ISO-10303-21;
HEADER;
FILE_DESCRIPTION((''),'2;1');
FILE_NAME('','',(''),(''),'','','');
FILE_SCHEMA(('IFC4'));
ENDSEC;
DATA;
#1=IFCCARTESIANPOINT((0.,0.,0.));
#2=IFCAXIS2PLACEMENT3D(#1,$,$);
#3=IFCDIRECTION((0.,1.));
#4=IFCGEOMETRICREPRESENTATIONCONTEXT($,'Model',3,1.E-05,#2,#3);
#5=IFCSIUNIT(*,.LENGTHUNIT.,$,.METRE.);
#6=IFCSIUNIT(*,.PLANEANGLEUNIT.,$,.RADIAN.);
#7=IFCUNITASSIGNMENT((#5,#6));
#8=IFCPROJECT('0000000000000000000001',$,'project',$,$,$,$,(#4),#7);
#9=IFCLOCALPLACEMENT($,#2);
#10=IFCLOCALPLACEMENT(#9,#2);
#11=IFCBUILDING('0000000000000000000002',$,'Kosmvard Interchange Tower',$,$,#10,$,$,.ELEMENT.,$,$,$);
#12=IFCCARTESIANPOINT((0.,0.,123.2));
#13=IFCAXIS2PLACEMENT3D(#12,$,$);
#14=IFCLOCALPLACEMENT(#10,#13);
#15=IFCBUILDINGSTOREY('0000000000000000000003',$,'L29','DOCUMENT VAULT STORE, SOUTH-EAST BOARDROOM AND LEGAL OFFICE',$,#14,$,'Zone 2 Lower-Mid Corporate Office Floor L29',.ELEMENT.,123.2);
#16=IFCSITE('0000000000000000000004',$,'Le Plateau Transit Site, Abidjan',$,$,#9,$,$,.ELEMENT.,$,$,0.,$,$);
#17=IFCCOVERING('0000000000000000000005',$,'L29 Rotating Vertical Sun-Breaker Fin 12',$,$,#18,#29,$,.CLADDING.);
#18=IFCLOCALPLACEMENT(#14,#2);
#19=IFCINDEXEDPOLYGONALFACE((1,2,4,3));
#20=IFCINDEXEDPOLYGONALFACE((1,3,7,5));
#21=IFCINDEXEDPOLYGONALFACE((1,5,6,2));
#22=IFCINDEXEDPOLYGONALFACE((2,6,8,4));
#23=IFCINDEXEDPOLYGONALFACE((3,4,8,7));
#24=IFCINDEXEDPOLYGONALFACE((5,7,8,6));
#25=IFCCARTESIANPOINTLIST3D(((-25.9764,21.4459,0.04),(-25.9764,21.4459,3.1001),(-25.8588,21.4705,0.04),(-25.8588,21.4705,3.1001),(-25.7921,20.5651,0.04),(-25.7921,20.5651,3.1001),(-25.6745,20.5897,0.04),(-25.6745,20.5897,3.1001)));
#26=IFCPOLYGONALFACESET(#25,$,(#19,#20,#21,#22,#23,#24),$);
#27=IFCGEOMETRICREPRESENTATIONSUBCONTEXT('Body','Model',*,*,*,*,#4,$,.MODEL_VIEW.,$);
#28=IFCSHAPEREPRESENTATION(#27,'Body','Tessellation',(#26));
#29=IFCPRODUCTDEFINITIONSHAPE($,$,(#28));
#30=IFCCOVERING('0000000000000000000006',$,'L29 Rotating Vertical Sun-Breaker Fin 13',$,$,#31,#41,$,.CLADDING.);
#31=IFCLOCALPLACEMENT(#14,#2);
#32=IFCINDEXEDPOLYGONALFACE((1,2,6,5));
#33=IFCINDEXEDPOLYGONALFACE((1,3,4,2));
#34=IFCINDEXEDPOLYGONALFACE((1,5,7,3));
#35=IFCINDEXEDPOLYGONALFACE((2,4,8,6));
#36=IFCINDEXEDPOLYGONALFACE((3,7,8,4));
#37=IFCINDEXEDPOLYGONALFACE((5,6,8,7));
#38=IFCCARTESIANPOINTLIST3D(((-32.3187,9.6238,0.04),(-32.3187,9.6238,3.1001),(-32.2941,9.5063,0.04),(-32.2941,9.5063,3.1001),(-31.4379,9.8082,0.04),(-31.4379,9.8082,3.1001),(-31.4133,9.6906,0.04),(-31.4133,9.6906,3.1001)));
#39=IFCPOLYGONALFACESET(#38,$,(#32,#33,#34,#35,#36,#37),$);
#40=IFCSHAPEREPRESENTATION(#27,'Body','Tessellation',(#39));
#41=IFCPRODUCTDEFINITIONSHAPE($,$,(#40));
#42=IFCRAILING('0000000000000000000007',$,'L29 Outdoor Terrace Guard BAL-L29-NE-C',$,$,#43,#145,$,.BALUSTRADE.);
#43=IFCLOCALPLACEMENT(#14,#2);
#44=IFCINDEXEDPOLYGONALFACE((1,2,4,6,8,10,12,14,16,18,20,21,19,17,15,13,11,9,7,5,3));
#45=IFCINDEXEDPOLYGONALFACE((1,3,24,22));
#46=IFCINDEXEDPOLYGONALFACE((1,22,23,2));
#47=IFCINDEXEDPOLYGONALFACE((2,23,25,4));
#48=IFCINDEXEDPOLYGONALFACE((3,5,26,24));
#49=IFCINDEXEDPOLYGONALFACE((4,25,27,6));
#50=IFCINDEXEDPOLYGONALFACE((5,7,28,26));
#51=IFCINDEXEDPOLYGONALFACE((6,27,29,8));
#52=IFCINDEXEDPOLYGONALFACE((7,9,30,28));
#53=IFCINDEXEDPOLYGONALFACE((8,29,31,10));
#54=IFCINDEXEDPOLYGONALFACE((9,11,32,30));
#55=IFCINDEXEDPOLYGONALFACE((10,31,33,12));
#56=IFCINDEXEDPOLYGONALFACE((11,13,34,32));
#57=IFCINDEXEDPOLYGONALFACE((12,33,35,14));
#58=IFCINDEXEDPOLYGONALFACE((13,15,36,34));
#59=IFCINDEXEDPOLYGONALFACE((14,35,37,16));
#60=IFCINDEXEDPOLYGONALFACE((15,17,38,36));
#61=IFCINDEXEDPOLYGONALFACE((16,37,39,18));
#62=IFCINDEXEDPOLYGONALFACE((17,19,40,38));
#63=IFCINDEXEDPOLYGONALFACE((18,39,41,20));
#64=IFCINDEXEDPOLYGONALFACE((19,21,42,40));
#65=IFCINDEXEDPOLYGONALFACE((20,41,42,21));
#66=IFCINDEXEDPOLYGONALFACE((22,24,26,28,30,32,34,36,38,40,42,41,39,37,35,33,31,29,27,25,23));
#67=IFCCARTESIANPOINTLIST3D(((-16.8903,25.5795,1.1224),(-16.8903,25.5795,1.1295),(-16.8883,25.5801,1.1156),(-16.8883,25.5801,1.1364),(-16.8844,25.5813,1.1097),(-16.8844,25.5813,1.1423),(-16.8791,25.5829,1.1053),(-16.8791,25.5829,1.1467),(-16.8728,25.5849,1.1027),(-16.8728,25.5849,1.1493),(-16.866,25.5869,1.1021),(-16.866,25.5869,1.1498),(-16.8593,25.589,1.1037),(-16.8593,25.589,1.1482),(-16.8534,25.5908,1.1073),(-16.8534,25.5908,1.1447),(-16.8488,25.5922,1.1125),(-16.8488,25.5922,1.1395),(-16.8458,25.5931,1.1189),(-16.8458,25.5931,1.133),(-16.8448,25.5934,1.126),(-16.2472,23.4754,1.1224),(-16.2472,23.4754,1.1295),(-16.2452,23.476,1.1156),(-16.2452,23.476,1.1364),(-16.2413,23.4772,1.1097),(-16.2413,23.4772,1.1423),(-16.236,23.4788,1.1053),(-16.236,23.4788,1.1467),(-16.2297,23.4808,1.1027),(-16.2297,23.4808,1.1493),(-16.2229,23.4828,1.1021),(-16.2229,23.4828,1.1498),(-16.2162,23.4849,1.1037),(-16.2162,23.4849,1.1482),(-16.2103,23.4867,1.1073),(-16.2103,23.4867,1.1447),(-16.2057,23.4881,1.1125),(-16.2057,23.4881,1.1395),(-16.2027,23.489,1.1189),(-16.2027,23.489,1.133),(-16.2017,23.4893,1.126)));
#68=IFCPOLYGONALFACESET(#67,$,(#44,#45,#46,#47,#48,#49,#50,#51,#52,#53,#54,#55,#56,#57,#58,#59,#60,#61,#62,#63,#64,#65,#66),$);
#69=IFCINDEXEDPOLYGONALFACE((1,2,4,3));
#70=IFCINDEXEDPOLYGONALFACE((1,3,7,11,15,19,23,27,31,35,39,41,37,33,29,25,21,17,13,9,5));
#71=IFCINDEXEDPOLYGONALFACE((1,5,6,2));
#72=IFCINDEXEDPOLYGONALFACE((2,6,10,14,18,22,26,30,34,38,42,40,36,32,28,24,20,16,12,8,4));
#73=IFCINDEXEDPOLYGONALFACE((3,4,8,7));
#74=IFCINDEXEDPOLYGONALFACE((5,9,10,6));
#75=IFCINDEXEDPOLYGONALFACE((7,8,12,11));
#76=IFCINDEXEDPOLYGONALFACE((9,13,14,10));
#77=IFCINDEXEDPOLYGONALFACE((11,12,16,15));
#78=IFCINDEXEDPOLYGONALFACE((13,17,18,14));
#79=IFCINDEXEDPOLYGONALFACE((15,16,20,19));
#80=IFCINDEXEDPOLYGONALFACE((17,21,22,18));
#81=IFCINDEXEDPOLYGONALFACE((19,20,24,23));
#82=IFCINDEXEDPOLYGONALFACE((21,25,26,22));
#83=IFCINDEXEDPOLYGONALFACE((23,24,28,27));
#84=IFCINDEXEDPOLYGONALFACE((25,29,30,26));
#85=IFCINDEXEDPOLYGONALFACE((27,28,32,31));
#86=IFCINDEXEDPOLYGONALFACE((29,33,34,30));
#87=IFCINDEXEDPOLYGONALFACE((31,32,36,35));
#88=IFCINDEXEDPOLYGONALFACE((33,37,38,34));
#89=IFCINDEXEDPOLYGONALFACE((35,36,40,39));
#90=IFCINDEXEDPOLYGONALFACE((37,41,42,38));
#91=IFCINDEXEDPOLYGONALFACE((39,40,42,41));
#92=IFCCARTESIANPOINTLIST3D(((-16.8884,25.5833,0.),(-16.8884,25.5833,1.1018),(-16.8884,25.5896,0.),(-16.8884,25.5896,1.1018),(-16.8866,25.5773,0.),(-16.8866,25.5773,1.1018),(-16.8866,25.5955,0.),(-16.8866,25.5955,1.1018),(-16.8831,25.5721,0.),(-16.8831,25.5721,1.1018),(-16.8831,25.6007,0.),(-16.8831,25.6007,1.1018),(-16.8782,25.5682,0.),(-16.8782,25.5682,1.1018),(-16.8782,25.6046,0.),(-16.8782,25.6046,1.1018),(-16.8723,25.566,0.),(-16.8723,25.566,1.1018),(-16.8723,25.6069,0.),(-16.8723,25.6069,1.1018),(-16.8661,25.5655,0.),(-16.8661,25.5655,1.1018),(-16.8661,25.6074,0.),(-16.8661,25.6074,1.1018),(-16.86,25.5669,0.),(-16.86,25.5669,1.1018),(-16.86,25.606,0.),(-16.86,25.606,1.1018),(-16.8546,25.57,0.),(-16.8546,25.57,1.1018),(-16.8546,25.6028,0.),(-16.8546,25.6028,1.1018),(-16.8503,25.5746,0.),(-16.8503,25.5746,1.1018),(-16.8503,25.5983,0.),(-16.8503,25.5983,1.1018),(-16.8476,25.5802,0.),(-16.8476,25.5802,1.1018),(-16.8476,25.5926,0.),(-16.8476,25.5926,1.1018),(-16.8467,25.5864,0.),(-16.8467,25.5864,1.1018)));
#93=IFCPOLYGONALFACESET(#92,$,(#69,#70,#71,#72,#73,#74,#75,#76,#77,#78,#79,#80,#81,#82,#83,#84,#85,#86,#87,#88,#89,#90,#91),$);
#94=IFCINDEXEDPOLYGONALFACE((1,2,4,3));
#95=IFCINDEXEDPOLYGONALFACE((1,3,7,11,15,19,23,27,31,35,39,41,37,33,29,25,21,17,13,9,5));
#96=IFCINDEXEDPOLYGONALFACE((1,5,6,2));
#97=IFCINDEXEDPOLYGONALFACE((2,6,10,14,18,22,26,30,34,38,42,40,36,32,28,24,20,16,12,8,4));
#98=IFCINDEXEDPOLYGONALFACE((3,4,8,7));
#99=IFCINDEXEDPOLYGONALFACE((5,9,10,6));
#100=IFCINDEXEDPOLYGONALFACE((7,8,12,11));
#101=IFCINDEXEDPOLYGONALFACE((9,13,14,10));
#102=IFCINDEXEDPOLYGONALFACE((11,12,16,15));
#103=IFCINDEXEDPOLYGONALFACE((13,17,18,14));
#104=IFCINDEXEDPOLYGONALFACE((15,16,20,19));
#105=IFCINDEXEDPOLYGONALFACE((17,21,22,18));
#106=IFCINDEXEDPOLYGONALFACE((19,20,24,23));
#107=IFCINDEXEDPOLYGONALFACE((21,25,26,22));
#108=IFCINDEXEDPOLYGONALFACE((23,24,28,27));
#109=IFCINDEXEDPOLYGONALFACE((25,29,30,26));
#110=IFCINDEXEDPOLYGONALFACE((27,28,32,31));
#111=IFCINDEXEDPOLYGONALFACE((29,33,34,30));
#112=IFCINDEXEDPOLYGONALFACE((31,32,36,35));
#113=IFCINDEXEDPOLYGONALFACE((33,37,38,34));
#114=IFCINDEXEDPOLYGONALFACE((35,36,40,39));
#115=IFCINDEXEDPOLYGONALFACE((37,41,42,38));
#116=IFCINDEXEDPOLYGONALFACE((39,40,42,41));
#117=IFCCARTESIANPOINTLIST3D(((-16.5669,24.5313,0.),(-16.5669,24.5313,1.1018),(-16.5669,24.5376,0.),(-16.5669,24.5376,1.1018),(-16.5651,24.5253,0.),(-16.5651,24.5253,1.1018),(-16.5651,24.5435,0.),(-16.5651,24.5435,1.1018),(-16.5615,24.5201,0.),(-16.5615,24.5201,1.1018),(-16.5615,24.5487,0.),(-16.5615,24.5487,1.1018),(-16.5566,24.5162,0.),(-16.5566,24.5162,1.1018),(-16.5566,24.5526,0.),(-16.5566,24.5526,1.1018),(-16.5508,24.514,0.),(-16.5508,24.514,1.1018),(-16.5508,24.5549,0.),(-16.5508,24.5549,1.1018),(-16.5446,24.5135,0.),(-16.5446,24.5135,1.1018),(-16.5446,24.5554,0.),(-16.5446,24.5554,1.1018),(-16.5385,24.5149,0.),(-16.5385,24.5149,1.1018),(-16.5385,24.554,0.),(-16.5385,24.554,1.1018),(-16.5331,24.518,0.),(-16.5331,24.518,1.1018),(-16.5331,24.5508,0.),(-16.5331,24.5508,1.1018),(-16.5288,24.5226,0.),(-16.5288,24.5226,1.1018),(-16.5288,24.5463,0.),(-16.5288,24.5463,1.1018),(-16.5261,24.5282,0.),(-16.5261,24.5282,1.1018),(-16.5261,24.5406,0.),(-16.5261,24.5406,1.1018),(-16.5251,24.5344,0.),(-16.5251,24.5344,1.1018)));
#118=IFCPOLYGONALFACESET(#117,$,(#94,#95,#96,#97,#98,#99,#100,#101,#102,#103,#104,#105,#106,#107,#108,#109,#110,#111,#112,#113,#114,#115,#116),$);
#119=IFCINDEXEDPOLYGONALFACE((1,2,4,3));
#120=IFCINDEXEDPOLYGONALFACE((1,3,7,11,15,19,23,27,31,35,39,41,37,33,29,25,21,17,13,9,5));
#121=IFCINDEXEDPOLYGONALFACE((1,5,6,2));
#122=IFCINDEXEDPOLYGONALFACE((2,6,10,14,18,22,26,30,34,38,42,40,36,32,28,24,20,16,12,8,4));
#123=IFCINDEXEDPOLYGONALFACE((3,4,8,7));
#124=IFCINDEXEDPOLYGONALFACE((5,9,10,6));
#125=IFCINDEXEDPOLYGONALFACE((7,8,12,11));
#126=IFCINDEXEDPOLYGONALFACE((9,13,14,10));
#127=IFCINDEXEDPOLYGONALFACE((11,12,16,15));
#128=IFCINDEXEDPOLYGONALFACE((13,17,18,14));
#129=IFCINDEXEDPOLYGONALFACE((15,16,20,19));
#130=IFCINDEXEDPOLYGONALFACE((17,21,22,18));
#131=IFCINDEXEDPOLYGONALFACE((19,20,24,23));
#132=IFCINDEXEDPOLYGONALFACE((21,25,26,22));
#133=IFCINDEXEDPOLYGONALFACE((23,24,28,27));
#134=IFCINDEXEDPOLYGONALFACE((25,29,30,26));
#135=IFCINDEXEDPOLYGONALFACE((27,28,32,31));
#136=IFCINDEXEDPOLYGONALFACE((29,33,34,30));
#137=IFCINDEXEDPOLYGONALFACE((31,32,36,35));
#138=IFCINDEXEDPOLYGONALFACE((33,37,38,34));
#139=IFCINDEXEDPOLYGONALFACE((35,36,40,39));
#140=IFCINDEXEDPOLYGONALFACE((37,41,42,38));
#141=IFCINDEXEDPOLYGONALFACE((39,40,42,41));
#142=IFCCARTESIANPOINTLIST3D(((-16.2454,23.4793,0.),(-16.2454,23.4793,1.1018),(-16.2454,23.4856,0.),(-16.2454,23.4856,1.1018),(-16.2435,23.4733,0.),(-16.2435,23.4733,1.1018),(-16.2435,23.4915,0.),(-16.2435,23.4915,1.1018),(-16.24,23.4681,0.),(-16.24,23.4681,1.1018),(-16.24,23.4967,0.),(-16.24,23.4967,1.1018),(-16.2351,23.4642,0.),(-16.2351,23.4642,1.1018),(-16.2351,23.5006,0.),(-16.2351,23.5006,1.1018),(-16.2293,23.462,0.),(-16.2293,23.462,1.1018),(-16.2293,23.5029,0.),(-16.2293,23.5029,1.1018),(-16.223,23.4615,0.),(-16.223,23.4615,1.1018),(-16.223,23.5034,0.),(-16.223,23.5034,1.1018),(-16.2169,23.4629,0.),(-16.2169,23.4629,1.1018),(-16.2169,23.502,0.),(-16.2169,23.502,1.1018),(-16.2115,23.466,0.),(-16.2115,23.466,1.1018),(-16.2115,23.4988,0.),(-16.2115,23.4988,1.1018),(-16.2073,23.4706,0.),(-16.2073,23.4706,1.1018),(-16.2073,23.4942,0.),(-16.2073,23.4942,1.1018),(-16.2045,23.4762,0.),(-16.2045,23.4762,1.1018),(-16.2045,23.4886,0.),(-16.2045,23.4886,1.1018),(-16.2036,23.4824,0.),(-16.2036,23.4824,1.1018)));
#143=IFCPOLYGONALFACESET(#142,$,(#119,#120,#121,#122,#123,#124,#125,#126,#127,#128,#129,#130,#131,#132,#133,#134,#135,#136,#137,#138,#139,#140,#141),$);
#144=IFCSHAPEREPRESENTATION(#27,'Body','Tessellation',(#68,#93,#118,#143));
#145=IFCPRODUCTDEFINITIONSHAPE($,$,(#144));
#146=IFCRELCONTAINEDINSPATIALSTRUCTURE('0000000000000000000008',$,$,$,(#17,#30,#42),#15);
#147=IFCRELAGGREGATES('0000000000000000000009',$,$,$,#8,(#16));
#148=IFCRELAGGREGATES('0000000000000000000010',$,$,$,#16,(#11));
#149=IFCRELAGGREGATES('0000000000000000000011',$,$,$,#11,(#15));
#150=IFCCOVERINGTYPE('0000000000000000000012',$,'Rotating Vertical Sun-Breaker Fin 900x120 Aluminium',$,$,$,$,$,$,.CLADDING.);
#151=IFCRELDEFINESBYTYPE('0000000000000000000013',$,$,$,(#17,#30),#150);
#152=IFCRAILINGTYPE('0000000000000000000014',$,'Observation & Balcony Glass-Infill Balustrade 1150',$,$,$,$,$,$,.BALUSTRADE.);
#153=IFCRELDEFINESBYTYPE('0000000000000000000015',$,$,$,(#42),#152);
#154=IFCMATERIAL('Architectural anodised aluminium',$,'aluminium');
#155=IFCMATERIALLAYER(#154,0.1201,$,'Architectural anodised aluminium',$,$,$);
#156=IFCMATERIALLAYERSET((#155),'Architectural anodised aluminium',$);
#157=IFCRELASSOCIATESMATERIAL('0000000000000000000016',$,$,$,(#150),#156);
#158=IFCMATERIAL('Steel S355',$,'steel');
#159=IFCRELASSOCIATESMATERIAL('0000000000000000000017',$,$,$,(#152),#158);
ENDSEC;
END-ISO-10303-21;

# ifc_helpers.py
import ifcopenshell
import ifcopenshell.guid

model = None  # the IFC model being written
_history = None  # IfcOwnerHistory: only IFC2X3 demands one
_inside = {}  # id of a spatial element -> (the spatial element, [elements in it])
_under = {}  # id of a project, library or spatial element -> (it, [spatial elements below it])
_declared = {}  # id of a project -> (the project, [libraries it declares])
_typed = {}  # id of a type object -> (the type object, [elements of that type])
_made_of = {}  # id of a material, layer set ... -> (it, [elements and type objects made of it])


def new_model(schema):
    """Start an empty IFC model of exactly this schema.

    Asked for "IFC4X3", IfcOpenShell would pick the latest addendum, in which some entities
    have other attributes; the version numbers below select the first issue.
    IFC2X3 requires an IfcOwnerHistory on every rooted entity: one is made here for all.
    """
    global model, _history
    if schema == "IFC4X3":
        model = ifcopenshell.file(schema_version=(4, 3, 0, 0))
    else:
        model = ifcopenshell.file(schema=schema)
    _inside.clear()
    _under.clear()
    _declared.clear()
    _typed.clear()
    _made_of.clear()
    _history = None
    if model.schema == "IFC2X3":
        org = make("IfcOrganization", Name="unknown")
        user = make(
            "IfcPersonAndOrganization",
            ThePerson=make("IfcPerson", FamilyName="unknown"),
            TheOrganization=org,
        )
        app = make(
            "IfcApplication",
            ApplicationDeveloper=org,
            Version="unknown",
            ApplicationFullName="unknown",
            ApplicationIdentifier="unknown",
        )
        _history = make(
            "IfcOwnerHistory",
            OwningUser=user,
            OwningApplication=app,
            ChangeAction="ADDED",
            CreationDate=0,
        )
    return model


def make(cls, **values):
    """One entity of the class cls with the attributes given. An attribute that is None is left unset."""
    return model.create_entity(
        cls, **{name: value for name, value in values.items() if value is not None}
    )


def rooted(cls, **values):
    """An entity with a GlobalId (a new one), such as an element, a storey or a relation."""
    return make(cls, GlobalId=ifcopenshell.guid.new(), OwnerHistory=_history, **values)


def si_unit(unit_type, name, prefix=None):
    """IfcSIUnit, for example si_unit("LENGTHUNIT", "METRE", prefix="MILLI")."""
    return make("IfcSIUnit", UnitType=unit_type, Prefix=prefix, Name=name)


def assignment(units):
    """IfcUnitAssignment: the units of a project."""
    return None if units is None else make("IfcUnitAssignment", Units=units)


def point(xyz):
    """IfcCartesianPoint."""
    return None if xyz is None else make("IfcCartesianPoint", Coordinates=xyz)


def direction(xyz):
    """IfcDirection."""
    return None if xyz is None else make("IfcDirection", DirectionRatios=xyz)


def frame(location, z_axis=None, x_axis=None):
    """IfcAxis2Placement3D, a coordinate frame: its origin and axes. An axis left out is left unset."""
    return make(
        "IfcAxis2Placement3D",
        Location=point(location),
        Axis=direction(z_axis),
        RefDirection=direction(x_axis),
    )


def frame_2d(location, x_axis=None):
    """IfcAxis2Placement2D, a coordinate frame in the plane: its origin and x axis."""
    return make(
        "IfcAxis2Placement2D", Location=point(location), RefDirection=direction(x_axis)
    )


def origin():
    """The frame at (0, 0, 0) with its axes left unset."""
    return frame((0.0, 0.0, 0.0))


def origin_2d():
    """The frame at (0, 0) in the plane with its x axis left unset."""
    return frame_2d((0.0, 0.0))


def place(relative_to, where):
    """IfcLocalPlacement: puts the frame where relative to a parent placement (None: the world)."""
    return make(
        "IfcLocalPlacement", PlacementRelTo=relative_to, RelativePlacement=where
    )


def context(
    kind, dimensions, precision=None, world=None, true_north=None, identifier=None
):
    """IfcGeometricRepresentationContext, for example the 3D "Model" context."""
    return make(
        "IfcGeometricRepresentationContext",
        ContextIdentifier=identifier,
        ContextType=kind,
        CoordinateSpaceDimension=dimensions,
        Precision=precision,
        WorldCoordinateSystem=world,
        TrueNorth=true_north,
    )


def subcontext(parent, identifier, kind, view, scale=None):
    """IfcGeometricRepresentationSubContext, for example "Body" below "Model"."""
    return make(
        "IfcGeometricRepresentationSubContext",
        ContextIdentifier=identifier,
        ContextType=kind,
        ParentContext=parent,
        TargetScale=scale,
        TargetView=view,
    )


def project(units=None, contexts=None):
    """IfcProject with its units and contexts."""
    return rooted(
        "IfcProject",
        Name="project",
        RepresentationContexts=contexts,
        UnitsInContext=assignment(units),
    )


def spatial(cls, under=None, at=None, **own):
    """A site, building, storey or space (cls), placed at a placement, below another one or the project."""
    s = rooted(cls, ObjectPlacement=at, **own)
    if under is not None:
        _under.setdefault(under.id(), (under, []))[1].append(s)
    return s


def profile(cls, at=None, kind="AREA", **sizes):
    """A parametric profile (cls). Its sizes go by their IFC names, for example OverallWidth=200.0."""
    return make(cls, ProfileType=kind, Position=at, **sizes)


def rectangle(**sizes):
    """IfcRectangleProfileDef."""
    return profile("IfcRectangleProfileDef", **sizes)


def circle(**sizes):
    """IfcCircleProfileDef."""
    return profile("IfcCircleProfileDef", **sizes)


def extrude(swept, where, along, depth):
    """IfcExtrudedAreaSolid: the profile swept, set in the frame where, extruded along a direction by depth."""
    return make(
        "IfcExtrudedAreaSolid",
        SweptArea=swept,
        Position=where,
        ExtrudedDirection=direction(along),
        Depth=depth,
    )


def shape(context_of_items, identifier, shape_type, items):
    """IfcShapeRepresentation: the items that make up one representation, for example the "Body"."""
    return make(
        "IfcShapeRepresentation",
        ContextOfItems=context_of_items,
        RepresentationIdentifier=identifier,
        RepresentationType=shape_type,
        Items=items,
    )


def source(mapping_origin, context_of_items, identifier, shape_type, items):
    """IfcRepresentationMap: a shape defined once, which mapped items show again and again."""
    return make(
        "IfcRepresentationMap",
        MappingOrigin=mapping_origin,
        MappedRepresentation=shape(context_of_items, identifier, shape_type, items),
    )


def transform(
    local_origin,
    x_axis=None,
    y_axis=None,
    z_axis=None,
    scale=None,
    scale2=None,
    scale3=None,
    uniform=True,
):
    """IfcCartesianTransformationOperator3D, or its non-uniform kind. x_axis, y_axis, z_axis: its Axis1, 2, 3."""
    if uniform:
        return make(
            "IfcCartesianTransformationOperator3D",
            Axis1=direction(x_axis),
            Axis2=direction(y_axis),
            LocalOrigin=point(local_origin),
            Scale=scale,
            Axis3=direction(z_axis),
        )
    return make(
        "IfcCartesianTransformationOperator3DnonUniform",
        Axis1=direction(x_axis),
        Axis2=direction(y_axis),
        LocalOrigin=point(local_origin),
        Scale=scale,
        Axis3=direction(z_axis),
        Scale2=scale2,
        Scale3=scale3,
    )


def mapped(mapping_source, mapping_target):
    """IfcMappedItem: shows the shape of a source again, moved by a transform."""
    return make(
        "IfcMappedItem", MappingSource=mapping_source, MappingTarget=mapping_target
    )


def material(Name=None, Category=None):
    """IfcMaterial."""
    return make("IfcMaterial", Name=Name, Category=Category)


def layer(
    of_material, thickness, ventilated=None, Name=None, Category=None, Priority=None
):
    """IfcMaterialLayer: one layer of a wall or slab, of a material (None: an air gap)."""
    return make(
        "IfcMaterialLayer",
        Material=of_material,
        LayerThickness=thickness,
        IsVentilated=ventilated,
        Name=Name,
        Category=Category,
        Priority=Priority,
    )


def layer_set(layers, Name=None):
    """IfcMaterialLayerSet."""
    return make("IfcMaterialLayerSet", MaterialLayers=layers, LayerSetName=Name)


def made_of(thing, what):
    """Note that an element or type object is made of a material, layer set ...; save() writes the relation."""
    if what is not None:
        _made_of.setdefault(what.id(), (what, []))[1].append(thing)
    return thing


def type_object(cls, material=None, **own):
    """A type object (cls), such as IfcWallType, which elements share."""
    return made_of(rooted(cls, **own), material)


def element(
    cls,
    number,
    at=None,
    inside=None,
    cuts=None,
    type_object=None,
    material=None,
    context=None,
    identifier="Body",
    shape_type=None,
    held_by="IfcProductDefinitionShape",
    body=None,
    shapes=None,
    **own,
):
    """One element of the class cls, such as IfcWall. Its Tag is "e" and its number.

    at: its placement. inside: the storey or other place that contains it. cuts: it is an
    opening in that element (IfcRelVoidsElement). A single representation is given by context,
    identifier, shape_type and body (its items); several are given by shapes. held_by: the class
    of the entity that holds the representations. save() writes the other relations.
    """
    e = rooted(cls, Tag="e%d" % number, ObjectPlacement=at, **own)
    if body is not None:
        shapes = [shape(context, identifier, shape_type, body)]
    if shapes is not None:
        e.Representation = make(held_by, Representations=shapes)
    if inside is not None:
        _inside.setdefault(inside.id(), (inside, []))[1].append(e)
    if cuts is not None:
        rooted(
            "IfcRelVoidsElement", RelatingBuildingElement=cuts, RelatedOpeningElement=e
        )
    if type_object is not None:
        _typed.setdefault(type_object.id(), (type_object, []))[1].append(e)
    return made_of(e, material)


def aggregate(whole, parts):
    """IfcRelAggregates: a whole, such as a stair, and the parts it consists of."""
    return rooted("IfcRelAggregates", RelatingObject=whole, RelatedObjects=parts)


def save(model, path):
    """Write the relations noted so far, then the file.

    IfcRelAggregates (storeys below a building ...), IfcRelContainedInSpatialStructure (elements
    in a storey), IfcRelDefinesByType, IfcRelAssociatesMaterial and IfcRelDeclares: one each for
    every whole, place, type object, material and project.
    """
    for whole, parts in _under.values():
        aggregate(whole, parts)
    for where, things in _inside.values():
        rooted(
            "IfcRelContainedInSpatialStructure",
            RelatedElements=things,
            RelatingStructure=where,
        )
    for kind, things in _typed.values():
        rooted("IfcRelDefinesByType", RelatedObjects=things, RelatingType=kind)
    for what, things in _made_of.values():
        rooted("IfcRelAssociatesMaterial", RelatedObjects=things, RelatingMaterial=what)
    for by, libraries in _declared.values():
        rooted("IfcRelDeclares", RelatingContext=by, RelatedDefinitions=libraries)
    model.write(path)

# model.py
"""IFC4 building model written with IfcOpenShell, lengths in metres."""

from ifc_helpers import new_model, si_unit, direction, frame, origin, origin_2d, place, context, subcontext, project, spatial, rectangle, circle, extrude, source, transform, mapped, material, layer, layer_set, type_object, element, save


model = new_model("IFC4")

# Units and contexts
model_context = context("Model", 3, precision=1e-05, world=origin(), true_north=direction((0.0, 1.0)))
body_context = subcontext(model_context, "Body", "Model", "MODEL_VIEW")
ifc_project = project(units=[si_unit("LENGTHUNIT", "METRE"), si_unit("PLANEANGLEUNIT", "RADIAN")], contexts=[model_context])

# Site, building, storey
site_placement = place(None, origin())
site = spatial("IfcSite", under=ifc_project, at=site_placement, Name="Le Plateau Transit Site, Abidjan", CompositionType="ELEMENT", RefElevation=0.0)
building_placement = place(site_placement, origin())
building = spatial("IfcBuilding", under=site, at=building_placement, Name="Kosmvard Interchange Tower", CompositionType="ELEMENT")
storey_placement = place(building_placement, frame((0.0, 0.0, 123.2)))
storey = spatial("IfcBuildingStorey", under=building, at=storey_placement, Name="L29", Description="DOCUMENT VAULT STORE, SOUTH-EAST BOARDROOM AND LEGAL OFFICE", LongName="Zone 2 Lower-Mid Corporate Office Floor L29", CompositionType="ELEMENT", Elevation=123.2)

# Shared definitions
ifc_material_1 = material(Name="Steel S355", Category="steel")

# Coverings
ifc_material_2 = material(Name="Architectural anodised aluminium", Category="aluminium")
ifc_layer_1 = layer(ifc_material_2, 0.1201, Name="Architectural anodised aluminium")
ifc_layer_set_1 = layer_set([ifc_layer_1], Name="Architectural anodised aluminium")
covering_type = type_object("IfcCoveringType", Name="Rotating Vertical Sun-Breaker Fin 900x120 Aluminium", PredefinedType="CLADDING", material=ifc_layer_set_1)
shared_shape_1 = source(origin(), body_context, "Body", "SweptSolid", [
    extrude(rectangle(XDim=0.8999, YDim=0.1201, at=origin_2d()), origin(), (0.0, 0.0, 1.0), 3.0601),
])
for number, where, z_axis, x_axis, name in (
    (1, (-25.8254, 21.0178, 0.04), (0.0, 0.0, 1.0), (-0.204838, 0.978796, 0.0), "L29 Rotating Vertical Sun-Breaker Fin 12"),
    (2, (-31.866, 9.6572, 0.04), (0.0, 0.0, 1.0), (-0.978796, -0.204838, 0.0), "L29 Rotating Vertical Sun-Breaker Fin 13"),
):
    element("IfcCovering", number, at=place(storey_placement, frame(where, z_axis=z_axis, x_axis=x_axis)), inside=storey, type_object=covering_type, Name=name, PredefinedType="CLADDING", context=body_context, shape_type="MappedRepresentation", body=[
        mapped(shared_shape_1, transform((0.0, 0.0, 0.0), scale=1.0)),
    ])

# Railing
railing_type = type_object("IfcRailingType", Name="Observation & Balcony Glass-Infill Balustrade 1150", PredefinedType="BALUSTRADE", material=ifc_material_1)
shared_shape_2 = source(origin(), body_context, "Body", "SweptSolid", [
    extrude(circle(Radius=0.0239, at=origin_2d()), frame((0.0, 0.0, 1.126), z_axis=(0.292292, -0.956329, 0.0), x_axis=(0.956329, 0.292292, 0.0)), (0.0, 0.0, 1.0), 2.2002),
    extrude(circle(Radius=0.021, at=origin_2d()), origin(), (0.0, 0.0, 1.0), 1.1018),
    extrude(circle(Radius=0.021, at=origin_2d()), frame((0.3215, -1.052, 0.0)), (0.0, 0.0, 1.0), 1.1018),
    extrude(circle(Radius=0.021, at=origin_2d()), frame((0.6431, -2.104, 0.0)), (0.0, 0.0, 1.0), 1.1018),
])
railing_placement = place(storey_placement, frame((-16.8677, 25.5864, 0.0)))
element("IfcRailing", 3, at=railing_placement, inside=storey, type_object=railing_type, Name="L29 Outdoor Terrace Guard BAL-L29-NE-C", PredefinedType="BALUSTRADE", context=body_context, shape_type="MappedRepresentation", body=[
    mapped(shared_shape_2, transform((0.0, 0.0, 0.0), scale=1.0)),
])

save(model, "model.ifc")
